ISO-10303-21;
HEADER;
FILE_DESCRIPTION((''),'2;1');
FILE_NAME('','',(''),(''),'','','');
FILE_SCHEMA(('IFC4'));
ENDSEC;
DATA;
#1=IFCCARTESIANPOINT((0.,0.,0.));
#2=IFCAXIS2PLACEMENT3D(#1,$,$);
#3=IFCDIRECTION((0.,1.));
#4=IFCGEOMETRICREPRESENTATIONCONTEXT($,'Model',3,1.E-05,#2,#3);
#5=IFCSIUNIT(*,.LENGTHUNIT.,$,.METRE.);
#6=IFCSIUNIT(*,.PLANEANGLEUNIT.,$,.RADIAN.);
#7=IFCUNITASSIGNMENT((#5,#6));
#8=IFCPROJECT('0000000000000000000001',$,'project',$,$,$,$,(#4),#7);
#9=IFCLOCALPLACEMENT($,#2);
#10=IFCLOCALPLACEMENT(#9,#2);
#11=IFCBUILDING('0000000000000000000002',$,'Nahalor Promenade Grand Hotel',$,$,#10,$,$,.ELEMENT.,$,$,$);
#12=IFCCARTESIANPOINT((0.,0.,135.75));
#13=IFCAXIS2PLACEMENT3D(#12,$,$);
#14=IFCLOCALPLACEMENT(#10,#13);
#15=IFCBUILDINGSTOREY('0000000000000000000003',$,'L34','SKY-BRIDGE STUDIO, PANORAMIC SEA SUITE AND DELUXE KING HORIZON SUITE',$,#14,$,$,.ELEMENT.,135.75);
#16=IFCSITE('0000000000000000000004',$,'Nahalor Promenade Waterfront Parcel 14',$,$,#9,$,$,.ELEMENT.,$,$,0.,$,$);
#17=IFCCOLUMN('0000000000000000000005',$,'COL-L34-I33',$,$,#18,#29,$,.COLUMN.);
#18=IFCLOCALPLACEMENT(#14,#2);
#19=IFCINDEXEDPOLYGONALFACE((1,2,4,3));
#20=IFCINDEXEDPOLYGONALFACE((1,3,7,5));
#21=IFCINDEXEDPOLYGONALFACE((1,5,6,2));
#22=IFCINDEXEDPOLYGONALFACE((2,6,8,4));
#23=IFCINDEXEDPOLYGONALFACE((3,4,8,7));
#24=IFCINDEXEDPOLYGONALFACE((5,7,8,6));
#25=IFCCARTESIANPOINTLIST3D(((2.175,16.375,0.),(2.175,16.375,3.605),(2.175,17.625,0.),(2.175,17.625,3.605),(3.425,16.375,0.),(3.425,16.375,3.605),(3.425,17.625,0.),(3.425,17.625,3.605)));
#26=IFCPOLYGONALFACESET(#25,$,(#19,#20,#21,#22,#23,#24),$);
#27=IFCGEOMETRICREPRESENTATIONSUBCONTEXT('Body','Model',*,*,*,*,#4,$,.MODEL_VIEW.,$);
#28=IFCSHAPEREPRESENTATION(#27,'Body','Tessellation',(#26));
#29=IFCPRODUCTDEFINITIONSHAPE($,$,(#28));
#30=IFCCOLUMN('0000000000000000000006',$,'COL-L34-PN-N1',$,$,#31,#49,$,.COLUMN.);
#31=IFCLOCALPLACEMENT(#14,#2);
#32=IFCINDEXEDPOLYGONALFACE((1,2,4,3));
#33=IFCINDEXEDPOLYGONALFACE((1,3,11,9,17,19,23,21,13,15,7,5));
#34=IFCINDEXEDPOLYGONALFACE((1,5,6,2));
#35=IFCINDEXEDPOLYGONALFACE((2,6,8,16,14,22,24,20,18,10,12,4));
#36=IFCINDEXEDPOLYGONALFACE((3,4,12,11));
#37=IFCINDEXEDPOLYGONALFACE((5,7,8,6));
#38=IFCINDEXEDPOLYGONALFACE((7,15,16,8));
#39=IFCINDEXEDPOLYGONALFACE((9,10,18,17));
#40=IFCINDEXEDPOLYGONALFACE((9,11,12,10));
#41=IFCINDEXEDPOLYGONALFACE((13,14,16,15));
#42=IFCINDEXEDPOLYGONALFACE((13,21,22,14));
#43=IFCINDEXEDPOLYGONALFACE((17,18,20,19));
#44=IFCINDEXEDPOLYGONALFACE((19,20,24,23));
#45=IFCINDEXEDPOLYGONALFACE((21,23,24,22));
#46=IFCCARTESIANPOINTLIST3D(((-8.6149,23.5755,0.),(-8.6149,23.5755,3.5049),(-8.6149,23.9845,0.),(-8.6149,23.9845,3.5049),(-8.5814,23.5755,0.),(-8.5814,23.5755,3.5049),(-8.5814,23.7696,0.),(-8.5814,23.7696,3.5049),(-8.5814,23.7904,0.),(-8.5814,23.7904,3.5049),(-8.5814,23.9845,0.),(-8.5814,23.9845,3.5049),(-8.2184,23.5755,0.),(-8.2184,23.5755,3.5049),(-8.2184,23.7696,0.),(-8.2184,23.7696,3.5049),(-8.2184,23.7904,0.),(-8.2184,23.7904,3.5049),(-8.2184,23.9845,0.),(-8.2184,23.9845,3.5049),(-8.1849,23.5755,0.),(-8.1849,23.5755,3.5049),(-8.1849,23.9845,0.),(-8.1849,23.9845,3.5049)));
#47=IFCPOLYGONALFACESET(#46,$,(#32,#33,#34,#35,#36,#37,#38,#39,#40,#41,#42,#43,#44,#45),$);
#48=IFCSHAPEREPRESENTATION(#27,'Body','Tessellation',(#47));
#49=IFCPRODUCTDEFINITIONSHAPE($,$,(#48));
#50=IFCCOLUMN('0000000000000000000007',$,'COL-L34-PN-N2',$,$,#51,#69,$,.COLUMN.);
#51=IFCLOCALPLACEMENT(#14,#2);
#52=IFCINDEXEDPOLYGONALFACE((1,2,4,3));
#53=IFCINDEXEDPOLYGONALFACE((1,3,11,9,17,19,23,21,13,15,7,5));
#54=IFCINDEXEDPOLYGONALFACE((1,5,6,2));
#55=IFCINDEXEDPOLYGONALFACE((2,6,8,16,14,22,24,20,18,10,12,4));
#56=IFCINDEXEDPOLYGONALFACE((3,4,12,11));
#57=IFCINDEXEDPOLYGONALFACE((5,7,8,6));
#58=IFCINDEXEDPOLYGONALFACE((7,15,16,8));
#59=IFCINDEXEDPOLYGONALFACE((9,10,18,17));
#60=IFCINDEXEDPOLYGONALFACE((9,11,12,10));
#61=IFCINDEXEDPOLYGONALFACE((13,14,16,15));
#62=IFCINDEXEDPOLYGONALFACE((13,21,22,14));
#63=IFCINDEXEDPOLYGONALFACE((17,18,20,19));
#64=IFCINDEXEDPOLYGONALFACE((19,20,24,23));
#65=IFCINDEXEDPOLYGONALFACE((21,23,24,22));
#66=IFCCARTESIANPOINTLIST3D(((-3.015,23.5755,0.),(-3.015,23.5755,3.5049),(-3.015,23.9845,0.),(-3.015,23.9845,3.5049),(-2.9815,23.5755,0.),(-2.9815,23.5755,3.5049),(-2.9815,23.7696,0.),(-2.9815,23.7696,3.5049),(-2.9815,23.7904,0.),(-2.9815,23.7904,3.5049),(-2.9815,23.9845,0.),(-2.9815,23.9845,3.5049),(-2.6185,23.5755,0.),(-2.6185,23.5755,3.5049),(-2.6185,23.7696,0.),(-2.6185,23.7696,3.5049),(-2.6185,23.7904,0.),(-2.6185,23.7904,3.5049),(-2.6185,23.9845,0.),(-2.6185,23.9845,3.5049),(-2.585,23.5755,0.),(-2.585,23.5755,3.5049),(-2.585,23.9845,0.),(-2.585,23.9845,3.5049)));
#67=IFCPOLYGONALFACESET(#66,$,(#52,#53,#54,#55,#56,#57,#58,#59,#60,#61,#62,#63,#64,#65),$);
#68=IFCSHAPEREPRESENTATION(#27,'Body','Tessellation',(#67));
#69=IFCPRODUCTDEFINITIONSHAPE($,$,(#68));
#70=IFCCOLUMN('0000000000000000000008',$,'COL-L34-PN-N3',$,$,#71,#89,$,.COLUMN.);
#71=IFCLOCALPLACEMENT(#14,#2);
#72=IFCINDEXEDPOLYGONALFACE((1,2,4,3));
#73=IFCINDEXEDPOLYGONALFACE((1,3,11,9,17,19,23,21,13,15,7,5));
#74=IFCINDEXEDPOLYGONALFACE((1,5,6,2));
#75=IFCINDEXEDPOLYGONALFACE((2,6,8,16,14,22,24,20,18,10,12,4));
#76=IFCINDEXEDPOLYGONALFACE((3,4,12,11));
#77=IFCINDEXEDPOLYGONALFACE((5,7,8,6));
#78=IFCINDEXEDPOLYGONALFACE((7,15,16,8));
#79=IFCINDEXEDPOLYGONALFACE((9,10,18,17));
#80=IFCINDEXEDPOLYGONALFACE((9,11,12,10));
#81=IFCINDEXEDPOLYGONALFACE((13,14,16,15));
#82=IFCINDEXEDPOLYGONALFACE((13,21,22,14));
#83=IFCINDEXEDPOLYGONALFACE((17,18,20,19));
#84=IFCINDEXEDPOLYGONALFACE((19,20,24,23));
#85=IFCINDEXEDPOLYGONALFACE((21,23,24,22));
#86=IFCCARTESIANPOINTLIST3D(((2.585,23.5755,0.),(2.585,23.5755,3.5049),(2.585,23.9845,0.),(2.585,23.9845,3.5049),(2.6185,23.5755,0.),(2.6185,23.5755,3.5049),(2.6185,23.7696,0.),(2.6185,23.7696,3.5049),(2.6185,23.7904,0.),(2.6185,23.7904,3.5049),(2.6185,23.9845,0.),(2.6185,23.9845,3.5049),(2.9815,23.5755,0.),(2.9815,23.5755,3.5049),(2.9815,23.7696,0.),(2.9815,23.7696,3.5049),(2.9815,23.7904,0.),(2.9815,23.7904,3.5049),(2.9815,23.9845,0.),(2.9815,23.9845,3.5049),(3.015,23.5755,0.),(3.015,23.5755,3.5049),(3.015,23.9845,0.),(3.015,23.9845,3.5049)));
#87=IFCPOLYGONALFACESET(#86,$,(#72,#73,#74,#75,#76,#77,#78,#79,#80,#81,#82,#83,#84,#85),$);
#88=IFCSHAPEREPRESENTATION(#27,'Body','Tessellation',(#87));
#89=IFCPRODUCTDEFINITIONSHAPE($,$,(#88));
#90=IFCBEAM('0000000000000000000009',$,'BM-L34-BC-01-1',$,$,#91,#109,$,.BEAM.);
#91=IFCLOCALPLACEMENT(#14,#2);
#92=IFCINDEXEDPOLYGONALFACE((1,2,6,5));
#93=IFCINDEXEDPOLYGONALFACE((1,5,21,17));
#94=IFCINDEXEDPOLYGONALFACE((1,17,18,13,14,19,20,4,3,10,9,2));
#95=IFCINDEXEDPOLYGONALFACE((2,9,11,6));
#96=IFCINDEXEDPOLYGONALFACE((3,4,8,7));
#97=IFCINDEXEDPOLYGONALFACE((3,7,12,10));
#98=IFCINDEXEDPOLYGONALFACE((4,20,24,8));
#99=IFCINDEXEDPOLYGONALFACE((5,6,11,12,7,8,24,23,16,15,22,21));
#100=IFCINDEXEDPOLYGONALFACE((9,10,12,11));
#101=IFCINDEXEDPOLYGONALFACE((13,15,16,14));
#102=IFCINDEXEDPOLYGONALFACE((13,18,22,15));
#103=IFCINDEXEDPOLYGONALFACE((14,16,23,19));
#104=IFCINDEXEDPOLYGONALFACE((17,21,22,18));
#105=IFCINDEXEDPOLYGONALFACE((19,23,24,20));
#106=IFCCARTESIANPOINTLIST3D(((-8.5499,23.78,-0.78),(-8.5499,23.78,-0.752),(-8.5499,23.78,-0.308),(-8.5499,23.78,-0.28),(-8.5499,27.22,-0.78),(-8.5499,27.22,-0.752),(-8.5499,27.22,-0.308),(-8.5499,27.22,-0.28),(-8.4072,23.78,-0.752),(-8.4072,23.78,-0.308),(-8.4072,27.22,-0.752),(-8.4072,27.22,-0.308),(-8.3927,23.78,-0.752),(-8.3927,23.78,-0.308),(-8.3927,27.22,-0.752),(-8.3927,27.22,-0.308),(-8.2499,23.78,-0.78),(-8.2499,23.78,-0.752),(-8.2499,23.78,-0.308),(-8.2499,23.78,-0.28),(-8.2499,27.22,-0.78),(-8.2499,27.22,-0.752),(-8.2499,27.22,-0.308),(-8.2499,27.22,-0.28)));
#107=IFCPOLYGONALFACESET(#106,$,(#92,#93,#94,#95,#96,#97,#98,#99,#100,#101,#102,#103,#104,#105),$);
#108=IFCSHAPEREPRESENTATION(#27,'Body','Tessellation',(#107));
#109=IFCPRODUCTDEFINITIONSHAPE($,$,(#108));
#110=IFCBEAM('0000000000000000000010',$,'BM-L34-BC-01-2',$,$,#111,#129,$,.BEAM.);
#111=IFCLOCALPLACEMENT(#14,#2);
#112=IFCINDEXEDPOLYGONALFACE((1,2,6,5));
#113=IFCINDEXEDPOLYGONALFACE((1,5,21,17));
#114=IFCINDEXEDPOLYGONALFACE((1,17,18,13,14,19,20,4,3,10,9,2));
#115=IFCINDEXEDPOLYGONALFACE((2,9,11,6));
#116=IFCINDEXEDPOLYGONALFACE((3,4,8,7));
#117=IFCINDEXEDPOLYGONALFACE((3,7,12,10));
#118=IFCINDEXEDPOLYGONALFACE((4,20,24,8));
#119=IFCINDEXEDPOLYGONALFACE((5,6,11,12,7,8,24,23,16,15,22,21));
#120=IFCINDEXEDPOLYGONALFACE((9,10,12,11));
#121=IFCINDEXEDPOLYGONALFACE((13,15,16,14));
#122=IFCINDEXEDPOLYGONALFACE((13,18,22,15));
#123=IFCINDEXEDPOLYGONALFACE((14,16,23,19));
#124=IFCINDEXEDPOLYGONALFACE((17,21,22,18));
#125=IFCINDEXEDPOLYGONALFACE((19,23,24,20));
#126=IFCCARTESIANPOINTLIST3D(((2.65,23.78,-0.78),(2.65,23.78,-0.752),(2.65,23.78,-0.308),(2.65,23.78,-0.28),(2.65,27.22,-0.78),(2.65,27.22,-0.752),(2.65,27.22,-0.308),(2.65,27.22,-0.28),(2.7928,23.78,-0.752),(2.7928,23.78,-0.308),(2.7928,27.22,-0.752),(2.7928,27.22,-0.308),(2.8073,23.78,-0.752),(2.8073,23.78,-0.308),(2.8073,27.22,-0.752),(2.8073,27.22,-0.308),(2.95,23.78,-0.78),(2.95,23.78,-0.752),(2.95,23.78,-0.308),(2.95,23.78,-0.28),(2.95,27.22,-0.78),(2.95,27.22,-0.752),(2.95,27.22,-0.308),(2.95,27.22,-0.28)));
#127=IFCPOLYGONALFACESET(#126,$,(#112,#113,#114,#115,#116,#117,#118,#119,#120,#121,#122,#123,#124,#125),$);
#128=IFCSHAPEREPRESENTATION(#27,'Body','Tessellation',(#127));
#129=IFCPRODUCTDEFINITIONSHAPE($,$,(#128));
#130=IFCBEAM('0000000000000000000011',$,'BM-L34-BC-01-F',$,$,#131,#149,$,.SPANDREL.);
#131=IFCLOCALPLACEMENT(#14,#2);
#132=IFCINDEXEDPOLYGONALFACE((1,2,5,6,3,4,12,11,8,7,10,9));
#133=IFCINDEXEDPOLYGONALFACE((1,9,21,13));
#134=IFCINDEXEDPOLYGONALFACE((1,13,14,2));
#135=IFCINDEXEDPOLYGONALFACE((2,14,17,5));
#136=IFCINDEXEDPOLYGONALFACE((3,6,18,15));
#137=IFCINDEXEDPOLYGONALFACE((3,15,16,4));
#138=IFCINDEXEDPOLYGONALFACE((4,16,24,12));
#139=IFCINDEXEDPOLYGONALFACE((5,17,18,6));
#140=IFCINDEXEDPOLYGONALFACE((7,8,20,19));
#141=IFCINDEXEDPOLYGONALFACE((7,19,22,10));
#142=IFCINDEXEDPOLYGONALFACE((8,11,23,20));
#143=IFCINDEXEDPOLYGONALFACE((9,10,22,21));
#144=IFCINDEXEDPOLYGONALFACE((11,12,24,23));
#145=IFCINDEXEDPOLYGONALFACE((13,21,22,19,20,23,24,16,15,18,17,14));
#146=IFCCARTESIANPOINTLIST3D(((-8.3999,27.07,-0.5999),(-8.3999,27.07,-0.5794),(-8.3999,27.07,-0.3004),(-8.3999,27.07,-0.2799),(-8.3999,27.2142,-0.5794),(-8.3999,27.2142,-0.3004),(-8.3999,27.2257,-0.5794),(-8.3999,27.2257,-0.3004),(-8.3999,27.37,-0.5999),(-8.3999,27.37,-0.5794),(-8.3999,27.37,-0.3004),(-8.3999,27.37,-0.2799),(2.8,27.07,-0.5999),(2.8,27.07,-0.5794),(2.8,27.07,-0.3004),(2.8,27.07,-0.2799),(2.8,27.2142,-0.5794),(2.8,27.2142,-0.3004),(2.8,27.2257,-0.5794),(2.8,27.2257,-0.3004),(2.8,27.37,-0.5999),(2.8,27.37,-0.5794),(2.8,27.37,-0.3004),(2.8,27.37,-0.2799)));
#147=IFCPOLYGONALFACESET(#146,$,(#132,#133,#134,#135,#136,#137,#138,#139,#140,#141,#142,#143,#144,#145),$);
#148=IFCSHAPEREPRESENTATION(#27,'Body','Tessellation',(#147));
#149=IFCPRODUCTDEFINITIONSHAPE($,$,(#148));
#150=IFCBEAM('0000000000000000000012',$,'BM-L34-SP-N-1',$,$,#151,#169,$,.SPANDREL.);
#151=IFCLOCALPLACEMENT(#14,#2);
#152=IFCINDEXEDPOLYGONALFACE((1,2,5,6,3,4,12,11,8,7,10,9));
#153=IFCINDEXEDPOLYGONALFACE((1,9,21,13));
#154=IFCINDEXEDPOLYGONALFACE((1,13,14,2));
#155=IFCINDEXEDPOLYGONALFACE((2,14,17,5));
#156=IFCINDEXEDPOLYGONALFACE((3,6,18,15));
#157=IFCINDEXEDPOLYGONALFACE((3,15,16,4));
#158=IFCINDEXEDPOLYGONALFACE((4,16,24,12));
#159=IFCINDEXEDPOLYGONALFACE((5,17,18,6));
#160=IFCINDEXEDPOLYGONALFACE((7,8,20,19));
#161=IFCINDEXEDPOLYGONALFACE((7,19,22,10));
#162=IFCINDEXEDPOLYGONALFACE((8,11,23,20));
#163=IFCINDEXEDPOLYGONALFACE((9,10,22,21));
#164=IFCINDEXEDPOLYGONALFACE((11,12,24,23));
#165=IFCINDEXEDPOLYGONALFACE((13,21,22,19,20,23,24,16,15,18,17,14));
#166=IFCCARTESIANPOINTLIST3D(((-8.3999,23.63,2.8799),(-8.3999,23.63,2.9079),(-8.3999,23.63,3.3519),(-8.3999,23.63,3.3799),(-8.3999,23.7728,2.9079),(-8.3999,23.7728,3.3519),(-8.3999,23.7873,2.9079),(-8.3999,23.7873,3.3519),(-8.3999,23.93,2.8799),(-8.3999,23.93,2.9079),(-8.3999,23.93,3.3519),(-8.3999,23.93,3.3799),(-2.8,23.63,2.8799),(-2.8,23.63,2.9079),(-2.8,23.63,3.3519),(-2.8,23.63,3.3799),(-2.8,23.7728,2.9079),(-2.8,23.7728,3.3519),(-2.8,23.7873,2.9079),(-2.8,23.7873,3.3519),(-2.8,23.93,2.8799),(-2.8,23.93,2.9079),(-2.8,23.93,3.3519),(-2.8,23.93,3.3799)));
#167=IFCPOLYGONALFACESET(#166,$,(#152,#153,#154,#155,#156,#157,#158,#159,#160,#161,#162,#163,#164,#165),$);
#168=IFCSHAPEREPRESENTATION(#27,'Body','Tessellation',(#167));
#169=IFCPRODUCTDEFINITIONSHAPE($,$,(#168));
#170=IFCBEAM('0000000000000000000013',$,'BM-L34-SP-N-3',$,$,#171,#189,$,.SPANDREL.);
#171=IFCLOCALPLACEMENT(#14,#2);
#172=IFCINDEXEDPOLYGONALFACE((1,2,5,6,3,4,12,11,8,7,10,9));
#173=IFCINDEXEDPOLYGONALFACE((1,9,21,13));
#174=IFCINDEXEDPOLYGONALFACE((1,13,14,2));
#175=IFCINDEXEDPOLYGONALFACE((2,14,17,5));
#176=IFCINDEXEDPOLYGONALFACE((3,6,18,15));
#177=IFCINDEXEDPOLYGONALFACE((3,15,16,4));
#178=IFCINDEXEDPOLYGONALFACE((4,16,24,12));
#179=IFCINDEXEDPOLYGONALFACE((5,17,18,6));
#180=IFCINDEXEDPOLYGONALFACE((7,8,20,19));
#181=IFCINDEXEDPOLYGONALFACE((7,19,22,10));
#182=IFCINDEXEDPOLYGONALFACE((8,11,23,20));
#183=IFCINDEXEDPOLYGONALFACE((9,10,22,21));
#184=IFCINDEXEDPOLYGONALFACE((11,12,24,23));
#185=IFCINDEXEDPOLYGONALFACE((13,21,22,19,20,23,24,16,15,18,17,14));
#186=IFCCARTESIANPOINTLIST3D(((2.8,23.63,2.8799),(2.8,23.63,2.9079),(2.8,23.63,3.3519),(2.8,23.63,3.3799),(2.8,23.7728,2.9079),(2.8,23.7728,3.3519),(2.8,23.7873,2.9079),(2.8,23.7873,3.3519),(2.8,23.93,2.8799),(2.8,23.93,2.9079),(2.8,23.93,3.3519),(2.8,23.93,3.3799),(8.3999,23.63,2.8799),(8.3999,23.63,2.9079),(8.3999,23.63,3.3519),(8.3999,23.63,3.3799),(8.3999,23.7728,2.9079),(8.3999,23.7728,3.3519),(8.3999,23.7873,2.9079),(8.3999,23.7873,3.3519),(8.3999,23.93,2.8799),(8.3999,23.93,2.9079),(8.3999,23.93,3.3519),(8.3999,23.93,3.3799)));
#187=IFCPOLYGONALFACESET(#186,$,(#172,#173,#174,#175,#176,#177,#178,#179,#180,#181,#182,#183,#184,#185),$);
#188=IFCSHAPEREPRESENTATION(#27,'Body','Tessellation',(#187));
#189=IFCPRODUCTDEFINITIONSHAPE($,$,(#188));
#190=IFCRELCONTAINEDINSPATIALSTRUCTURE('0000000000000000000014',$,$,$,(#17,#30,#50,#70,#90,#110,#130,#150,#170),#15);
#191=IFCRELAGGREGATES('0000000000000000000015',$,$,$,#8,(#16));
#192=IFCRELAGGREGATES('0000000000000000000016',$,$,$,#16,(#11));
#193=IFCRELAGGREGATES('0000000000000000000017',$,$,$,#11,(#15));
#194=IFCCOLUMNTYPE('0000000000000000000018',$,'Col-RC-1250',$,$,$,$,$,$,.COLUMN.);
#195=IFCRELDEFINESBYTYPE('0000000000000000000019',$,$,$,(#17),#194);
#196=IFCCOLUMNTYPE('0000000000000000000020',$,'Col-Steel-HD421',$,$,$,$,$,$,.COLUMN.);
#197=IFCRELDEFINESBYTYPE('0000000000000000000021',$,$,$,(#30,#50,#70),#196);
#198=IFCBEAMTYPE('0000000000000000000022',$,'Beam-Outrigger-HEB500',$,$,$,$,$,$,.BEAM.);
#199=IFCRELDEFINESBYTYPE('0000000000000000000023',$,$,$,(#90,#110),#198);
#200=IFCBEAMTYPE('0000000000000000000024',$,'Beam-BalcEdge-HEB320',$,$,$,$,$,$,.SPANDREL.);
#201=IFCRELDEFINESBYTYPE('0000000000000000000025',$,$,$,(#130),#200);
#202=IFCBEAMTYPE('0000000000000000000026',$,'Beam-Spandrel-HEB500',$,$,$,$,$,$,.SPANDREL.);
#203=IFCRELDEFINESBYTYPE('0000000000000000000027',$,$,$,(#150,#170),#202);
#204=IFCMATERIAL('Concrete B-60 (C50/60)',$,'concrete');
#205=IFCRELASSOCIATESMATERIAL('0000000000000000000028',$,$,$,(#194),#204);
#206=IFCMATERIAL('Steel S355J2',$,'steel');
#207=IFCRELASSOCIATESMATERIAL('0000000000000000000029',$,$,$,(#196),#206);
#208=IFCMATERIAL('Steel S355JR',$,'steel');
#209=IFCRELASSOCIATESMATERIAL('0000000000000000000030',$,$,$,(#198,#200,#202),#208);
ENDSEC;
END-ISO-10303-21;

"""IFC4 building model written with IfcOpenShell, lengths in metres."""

from ifc_helpers import new_model, si_unit, direction, frame, origin, origin_2d, place, context, subcontext, project, spatial, rectangle, i_section, extrude, source, transform, mapped, material, material_profile, profile_set, type_object, element, save


model = new_model("IFC4")

# Units and contexts
model_context = context("Model", 3, precision=1e-05, world=origin(), true_north=direction((0.0, 1.0)))
body_context = subcontext(model_context, "Body", "Model", "MODEL_VIEW")
ifc_project = project(units=[si_unit("LENGTHUNIT", "METRE"), si_unit("PLANEANGLEUNIT", "RADIAN")], contexts=[model_context])

# Site, building, storey
site_placement = place(None, origin())
site = spatial("IfcSite", under=ifc_project, at=site_placement, Name="Nahalor Promenade Waterfront Parcel 14", CompositionType="ELEMENT", RefElevation=0.0)
building_placement = place(site_placement, origin())
building = spatial("IfcBuilding", under=site, at=building_placement, Name="Nahalor Promenade Grand Hotel", CompositionType="ELEMENT")
storey_placement = place(building_placement, frame((0.0, 0.0, 135.75)))
storey = spatial("IfcBuildingStorey", under=building, at=storey_placement, Name="L34", Description="SKY-BRIDGE STUDIO, PANORAMIC SEA SUITE AND DELUXE KING HORIZON SUITE", CompositionType="ELEMENT", Elevation=135.75)

# Columns
ifc_material_1 = material(Name="Concrete B-60 (C50/60)", Category="concrete")
ifc_material_profile_1 = material_profile(ifc_material_1, rectangle(XDim=1.25, YDim=1.25, at=origin_2d()), Name="RC 1250x1250")
ifc_profile_set_1 = profile_set([ifc_material_profile_1], Name="Concrete B-60 (C50/60)")
column_type_1 = type_object("IfcColumnType", Name="Col-RC-1250", PredefinedType="COLUMN", material=ifc_profile_set_1)
shared_shape_1 = source(origin(), body_context, "Body", "SweptSolid", [
    extrude(rectangle(XDim=1.25, YDim=1.25, at=origin_2d()), origin(), (0.0, 0.0, 1.0), 3.605),
])
column_placement = place(storey_placement, frame((2.8, 17.0, 0.0), z_axis=(0.0, 0.0, 1.0), x_axis=(1.0, 0.0, 0.0)))
element("IfcColumn", 1, at=column_placement, inside=storey, type_object=column_type_1, Name="COL-L34-I33", PredefinedType="COLUMN", context=body_context, shape_type="MappedRepresentation", body=[
    mapped(shared_shape_1, transform((0.0, 0.0, 0.0), scale=1.0)),
])
ifc_material_2 = material(Name="Steel S355J2", Category="steel")
ifc_material_profile_2 = material_profile(ifc_material_2, i_section(OverallWidth=0.409, OverallDepth=0.43, WebThickness=0.0208, FlangeThickness=0.0335, at=origin_2d()), Name="HD 400x421")
ifc_profile_set_2 = profile_set([ifc_material_profile_2], Name="Steel S355J2")
column_type_2 = type_object("IfcColumnType", Name="Col-Steel-HD421", PredefinedType="COLUMN", material=ifc_profile_set_2)
shared_shape_2 = source(origin(), body_context, "Body", "SweptSolid", [
    extrude(i_section(OverallWidth=0.409, OverallDepth=0.43, WebThickness=0.0208, FlangeThickness=0.0335, at=origin_2d()), origin(), (0.0, 0.0, 1.0), 3.5049),
])
for number, where, z_axis, x_axis, name in (
    (2, (-8.3999, 23.78, 0.0), (0.0, 0.0, 1.0), (0.0, 1.0, 0.0), "COL-L34-PN-N1"),
    (3, (-2.8, 23.78, 0.0), (0.0, 0.0, 1.0), (0.0, 1.0, 0.0), "COL-L34-PN-N2"),
    (4, (2.8, 23.78, 0.0), (0.0, 0.0, 1.0), (0.0, 1.0, 0.0), "COL-L34-PN-N3"),
):
    element("IfcColumn", number, at=place(storey_placement, frame(where, z_axis=z_axis, x_axis=x_axis)), inside=storey, type_object=column_type_2, Name=name, PredefinedType="COLUMN", context=body_context, shape_type="MappedRepresentation", body=[
        mapped(shared_shape_2, transform((0.0, 0.0, 0.0), scale=1.0)),
    ])

# Beams
ifc_material_3 = material(Name="Steel S355JR", Category="steel")
ifc_material_profile_3 = material_profile(ifc_material_3, i_section(OverallWidth=0.3, OverallDepth=0.5, WebThickness=0.0145, FlangeThickness=0.028, at=origin_2d()), Name="HEB 500")
ifc_profile_set_3 = profile_set([ifc_material_profile_3], Name="Steel S355JR")
beam_type_1 = type_object("IfcBeamType", Name="Beam-Outrigger-HEB500", PredefinedType="BEAM", material=ifc_profile_set_3)
shared_shape_3 = source(origin(), body_context, "Body", "SweptSolid", [
    extrude(i_section(OverallWidth=0.3, OverallDepth=0.5, WebThickness=0.0145, FlangeThickness=0.028, at=origin_2d()), origin(), (0.0, 0.0, 1.0), 3.4399),
])
for number, where, z_axis, x_axis, name in (
    (5, (-8.3999, 23.78, -0.53), (0.0, 1.0, 0.0), (-1.0, 0.0, 0.0), "BM-L34-BC-01-1"),
    (6, (2.8, 23.78, -0.53), (0.0, 1.0, 0.0), (-1.0, 0.0, 0.0), "BM-L34-BC-01-2"),
):
    element("IfcBeam", number, at=place(storey_placement, frame(where, z_axis=z_axis, x_axis=x_axis)), inside=storey, type_object=beam_type_1, Name=name, PredefinedType="BEAM", context=body_context, shape_type="MappedRepresentation", body=[
        mapped(shared_shape_3, transform((0.0, 0.0, 0.0), scale=1.0)),
    ])
ifc_material_profile_4 = material_profile(ifc_material_3, i_section(OverallWidth=0.3, OverallDepth=0.32, WebThickness=0.0115, FlangeThickness=0.0205, at=origin_2d()), Name="HEB 320")
ifc_profile_set_4 = profile_set([ifc_material_profile_4], Name="Steel S355JR")
beam_type_2 = type_object("IfcBeamType", Name="Beam-BalcEdge-HEB320", PredefinedType="SPANDREL", material=ifc_profile_set_4)
shared_shape_4 = source(origin(), body_context, "Body", "SweptSolid", [
    extrude(i_section(OverallWidth=0.3, OverallDepth=0.32, WebThickness=0.0115, FlangeThickness=0.0205, at=origin_2d()), origin(), (0.0, 0.0, 1.0), 11.2),
])
beam_1_placement = place(storey_placement, frame((-8.3999, 27.22, -0.4399), z_axis=(1.0, 0.0, 0.0), x_axis=(0.0, 1.0, 0.0)))
element("IfcBeam", 7, at=beam_1_placement, inside=storey, type_object=beam_type_2, Name="BM-L34-BC-01-F", PredefinedType="SPANDREL", context=body_context, shape_type="MappedRepresentation", body=[
    mapped(shared_shape_4, transform((0.0, 0.0, 0.0), scale=1.0)),
])
ifc_material_profile_5 = material_profile(ifc_material_3, i_section(OverallWidth=0.3, OverallDepth=0.5, WebThickness=0.0145, FlangeThickness=0.028, at=origin_2d()), Name="HEB 500")
ifc_profile_set_5 = profile_set([ifc_material_profile_5], Name="Steel S355JR")
beam_type_3 = type_object("IfcBeamType", Name="Beam-Spandrel-HEB500", PredefinedType="SPANDREL", material=ifc_profile_set_5)
shared_shape_5 = source(origin(), body_context, "Body", "SweptSolid", [
    extrude(i_section(OverallWidth=0.3, OverallDepth=0.5, WebThickness=0.0145, FlangeThickness=0.028, at=origin_2d()), origin(), (0.0, 0.0, 1.0), 5.5999),
])
for number, where, z_axis, x_axis, name in (
    (8, (-8.3999, 23.78, 3.1299), (1.0, 0.0, 0.0), (0.0, 1.0, 0.0), "BM-L34-SP-N-1"),
    (9, (2.8, 23.78, 3.1299), (1.0, 0.0, 0.0), (0.0, 1.0, 0.0), "BM-L34-SP-N-3"),
):
    element("IfcBeam", number, at=place(storey_placement, frame(where, z_axis=z_axis, x_axis=x_axis)), inside=storey, type_object=beam_type_3, Name=name, PredefinedType="SPANDREL", context=body_context, shape_type="MappedRepresentation", body=[
        mapped(shared_shape_5, transform((0.0, 0.0, 0.0), scale=1.0)),
    ])

save(model, "model.ifc")
